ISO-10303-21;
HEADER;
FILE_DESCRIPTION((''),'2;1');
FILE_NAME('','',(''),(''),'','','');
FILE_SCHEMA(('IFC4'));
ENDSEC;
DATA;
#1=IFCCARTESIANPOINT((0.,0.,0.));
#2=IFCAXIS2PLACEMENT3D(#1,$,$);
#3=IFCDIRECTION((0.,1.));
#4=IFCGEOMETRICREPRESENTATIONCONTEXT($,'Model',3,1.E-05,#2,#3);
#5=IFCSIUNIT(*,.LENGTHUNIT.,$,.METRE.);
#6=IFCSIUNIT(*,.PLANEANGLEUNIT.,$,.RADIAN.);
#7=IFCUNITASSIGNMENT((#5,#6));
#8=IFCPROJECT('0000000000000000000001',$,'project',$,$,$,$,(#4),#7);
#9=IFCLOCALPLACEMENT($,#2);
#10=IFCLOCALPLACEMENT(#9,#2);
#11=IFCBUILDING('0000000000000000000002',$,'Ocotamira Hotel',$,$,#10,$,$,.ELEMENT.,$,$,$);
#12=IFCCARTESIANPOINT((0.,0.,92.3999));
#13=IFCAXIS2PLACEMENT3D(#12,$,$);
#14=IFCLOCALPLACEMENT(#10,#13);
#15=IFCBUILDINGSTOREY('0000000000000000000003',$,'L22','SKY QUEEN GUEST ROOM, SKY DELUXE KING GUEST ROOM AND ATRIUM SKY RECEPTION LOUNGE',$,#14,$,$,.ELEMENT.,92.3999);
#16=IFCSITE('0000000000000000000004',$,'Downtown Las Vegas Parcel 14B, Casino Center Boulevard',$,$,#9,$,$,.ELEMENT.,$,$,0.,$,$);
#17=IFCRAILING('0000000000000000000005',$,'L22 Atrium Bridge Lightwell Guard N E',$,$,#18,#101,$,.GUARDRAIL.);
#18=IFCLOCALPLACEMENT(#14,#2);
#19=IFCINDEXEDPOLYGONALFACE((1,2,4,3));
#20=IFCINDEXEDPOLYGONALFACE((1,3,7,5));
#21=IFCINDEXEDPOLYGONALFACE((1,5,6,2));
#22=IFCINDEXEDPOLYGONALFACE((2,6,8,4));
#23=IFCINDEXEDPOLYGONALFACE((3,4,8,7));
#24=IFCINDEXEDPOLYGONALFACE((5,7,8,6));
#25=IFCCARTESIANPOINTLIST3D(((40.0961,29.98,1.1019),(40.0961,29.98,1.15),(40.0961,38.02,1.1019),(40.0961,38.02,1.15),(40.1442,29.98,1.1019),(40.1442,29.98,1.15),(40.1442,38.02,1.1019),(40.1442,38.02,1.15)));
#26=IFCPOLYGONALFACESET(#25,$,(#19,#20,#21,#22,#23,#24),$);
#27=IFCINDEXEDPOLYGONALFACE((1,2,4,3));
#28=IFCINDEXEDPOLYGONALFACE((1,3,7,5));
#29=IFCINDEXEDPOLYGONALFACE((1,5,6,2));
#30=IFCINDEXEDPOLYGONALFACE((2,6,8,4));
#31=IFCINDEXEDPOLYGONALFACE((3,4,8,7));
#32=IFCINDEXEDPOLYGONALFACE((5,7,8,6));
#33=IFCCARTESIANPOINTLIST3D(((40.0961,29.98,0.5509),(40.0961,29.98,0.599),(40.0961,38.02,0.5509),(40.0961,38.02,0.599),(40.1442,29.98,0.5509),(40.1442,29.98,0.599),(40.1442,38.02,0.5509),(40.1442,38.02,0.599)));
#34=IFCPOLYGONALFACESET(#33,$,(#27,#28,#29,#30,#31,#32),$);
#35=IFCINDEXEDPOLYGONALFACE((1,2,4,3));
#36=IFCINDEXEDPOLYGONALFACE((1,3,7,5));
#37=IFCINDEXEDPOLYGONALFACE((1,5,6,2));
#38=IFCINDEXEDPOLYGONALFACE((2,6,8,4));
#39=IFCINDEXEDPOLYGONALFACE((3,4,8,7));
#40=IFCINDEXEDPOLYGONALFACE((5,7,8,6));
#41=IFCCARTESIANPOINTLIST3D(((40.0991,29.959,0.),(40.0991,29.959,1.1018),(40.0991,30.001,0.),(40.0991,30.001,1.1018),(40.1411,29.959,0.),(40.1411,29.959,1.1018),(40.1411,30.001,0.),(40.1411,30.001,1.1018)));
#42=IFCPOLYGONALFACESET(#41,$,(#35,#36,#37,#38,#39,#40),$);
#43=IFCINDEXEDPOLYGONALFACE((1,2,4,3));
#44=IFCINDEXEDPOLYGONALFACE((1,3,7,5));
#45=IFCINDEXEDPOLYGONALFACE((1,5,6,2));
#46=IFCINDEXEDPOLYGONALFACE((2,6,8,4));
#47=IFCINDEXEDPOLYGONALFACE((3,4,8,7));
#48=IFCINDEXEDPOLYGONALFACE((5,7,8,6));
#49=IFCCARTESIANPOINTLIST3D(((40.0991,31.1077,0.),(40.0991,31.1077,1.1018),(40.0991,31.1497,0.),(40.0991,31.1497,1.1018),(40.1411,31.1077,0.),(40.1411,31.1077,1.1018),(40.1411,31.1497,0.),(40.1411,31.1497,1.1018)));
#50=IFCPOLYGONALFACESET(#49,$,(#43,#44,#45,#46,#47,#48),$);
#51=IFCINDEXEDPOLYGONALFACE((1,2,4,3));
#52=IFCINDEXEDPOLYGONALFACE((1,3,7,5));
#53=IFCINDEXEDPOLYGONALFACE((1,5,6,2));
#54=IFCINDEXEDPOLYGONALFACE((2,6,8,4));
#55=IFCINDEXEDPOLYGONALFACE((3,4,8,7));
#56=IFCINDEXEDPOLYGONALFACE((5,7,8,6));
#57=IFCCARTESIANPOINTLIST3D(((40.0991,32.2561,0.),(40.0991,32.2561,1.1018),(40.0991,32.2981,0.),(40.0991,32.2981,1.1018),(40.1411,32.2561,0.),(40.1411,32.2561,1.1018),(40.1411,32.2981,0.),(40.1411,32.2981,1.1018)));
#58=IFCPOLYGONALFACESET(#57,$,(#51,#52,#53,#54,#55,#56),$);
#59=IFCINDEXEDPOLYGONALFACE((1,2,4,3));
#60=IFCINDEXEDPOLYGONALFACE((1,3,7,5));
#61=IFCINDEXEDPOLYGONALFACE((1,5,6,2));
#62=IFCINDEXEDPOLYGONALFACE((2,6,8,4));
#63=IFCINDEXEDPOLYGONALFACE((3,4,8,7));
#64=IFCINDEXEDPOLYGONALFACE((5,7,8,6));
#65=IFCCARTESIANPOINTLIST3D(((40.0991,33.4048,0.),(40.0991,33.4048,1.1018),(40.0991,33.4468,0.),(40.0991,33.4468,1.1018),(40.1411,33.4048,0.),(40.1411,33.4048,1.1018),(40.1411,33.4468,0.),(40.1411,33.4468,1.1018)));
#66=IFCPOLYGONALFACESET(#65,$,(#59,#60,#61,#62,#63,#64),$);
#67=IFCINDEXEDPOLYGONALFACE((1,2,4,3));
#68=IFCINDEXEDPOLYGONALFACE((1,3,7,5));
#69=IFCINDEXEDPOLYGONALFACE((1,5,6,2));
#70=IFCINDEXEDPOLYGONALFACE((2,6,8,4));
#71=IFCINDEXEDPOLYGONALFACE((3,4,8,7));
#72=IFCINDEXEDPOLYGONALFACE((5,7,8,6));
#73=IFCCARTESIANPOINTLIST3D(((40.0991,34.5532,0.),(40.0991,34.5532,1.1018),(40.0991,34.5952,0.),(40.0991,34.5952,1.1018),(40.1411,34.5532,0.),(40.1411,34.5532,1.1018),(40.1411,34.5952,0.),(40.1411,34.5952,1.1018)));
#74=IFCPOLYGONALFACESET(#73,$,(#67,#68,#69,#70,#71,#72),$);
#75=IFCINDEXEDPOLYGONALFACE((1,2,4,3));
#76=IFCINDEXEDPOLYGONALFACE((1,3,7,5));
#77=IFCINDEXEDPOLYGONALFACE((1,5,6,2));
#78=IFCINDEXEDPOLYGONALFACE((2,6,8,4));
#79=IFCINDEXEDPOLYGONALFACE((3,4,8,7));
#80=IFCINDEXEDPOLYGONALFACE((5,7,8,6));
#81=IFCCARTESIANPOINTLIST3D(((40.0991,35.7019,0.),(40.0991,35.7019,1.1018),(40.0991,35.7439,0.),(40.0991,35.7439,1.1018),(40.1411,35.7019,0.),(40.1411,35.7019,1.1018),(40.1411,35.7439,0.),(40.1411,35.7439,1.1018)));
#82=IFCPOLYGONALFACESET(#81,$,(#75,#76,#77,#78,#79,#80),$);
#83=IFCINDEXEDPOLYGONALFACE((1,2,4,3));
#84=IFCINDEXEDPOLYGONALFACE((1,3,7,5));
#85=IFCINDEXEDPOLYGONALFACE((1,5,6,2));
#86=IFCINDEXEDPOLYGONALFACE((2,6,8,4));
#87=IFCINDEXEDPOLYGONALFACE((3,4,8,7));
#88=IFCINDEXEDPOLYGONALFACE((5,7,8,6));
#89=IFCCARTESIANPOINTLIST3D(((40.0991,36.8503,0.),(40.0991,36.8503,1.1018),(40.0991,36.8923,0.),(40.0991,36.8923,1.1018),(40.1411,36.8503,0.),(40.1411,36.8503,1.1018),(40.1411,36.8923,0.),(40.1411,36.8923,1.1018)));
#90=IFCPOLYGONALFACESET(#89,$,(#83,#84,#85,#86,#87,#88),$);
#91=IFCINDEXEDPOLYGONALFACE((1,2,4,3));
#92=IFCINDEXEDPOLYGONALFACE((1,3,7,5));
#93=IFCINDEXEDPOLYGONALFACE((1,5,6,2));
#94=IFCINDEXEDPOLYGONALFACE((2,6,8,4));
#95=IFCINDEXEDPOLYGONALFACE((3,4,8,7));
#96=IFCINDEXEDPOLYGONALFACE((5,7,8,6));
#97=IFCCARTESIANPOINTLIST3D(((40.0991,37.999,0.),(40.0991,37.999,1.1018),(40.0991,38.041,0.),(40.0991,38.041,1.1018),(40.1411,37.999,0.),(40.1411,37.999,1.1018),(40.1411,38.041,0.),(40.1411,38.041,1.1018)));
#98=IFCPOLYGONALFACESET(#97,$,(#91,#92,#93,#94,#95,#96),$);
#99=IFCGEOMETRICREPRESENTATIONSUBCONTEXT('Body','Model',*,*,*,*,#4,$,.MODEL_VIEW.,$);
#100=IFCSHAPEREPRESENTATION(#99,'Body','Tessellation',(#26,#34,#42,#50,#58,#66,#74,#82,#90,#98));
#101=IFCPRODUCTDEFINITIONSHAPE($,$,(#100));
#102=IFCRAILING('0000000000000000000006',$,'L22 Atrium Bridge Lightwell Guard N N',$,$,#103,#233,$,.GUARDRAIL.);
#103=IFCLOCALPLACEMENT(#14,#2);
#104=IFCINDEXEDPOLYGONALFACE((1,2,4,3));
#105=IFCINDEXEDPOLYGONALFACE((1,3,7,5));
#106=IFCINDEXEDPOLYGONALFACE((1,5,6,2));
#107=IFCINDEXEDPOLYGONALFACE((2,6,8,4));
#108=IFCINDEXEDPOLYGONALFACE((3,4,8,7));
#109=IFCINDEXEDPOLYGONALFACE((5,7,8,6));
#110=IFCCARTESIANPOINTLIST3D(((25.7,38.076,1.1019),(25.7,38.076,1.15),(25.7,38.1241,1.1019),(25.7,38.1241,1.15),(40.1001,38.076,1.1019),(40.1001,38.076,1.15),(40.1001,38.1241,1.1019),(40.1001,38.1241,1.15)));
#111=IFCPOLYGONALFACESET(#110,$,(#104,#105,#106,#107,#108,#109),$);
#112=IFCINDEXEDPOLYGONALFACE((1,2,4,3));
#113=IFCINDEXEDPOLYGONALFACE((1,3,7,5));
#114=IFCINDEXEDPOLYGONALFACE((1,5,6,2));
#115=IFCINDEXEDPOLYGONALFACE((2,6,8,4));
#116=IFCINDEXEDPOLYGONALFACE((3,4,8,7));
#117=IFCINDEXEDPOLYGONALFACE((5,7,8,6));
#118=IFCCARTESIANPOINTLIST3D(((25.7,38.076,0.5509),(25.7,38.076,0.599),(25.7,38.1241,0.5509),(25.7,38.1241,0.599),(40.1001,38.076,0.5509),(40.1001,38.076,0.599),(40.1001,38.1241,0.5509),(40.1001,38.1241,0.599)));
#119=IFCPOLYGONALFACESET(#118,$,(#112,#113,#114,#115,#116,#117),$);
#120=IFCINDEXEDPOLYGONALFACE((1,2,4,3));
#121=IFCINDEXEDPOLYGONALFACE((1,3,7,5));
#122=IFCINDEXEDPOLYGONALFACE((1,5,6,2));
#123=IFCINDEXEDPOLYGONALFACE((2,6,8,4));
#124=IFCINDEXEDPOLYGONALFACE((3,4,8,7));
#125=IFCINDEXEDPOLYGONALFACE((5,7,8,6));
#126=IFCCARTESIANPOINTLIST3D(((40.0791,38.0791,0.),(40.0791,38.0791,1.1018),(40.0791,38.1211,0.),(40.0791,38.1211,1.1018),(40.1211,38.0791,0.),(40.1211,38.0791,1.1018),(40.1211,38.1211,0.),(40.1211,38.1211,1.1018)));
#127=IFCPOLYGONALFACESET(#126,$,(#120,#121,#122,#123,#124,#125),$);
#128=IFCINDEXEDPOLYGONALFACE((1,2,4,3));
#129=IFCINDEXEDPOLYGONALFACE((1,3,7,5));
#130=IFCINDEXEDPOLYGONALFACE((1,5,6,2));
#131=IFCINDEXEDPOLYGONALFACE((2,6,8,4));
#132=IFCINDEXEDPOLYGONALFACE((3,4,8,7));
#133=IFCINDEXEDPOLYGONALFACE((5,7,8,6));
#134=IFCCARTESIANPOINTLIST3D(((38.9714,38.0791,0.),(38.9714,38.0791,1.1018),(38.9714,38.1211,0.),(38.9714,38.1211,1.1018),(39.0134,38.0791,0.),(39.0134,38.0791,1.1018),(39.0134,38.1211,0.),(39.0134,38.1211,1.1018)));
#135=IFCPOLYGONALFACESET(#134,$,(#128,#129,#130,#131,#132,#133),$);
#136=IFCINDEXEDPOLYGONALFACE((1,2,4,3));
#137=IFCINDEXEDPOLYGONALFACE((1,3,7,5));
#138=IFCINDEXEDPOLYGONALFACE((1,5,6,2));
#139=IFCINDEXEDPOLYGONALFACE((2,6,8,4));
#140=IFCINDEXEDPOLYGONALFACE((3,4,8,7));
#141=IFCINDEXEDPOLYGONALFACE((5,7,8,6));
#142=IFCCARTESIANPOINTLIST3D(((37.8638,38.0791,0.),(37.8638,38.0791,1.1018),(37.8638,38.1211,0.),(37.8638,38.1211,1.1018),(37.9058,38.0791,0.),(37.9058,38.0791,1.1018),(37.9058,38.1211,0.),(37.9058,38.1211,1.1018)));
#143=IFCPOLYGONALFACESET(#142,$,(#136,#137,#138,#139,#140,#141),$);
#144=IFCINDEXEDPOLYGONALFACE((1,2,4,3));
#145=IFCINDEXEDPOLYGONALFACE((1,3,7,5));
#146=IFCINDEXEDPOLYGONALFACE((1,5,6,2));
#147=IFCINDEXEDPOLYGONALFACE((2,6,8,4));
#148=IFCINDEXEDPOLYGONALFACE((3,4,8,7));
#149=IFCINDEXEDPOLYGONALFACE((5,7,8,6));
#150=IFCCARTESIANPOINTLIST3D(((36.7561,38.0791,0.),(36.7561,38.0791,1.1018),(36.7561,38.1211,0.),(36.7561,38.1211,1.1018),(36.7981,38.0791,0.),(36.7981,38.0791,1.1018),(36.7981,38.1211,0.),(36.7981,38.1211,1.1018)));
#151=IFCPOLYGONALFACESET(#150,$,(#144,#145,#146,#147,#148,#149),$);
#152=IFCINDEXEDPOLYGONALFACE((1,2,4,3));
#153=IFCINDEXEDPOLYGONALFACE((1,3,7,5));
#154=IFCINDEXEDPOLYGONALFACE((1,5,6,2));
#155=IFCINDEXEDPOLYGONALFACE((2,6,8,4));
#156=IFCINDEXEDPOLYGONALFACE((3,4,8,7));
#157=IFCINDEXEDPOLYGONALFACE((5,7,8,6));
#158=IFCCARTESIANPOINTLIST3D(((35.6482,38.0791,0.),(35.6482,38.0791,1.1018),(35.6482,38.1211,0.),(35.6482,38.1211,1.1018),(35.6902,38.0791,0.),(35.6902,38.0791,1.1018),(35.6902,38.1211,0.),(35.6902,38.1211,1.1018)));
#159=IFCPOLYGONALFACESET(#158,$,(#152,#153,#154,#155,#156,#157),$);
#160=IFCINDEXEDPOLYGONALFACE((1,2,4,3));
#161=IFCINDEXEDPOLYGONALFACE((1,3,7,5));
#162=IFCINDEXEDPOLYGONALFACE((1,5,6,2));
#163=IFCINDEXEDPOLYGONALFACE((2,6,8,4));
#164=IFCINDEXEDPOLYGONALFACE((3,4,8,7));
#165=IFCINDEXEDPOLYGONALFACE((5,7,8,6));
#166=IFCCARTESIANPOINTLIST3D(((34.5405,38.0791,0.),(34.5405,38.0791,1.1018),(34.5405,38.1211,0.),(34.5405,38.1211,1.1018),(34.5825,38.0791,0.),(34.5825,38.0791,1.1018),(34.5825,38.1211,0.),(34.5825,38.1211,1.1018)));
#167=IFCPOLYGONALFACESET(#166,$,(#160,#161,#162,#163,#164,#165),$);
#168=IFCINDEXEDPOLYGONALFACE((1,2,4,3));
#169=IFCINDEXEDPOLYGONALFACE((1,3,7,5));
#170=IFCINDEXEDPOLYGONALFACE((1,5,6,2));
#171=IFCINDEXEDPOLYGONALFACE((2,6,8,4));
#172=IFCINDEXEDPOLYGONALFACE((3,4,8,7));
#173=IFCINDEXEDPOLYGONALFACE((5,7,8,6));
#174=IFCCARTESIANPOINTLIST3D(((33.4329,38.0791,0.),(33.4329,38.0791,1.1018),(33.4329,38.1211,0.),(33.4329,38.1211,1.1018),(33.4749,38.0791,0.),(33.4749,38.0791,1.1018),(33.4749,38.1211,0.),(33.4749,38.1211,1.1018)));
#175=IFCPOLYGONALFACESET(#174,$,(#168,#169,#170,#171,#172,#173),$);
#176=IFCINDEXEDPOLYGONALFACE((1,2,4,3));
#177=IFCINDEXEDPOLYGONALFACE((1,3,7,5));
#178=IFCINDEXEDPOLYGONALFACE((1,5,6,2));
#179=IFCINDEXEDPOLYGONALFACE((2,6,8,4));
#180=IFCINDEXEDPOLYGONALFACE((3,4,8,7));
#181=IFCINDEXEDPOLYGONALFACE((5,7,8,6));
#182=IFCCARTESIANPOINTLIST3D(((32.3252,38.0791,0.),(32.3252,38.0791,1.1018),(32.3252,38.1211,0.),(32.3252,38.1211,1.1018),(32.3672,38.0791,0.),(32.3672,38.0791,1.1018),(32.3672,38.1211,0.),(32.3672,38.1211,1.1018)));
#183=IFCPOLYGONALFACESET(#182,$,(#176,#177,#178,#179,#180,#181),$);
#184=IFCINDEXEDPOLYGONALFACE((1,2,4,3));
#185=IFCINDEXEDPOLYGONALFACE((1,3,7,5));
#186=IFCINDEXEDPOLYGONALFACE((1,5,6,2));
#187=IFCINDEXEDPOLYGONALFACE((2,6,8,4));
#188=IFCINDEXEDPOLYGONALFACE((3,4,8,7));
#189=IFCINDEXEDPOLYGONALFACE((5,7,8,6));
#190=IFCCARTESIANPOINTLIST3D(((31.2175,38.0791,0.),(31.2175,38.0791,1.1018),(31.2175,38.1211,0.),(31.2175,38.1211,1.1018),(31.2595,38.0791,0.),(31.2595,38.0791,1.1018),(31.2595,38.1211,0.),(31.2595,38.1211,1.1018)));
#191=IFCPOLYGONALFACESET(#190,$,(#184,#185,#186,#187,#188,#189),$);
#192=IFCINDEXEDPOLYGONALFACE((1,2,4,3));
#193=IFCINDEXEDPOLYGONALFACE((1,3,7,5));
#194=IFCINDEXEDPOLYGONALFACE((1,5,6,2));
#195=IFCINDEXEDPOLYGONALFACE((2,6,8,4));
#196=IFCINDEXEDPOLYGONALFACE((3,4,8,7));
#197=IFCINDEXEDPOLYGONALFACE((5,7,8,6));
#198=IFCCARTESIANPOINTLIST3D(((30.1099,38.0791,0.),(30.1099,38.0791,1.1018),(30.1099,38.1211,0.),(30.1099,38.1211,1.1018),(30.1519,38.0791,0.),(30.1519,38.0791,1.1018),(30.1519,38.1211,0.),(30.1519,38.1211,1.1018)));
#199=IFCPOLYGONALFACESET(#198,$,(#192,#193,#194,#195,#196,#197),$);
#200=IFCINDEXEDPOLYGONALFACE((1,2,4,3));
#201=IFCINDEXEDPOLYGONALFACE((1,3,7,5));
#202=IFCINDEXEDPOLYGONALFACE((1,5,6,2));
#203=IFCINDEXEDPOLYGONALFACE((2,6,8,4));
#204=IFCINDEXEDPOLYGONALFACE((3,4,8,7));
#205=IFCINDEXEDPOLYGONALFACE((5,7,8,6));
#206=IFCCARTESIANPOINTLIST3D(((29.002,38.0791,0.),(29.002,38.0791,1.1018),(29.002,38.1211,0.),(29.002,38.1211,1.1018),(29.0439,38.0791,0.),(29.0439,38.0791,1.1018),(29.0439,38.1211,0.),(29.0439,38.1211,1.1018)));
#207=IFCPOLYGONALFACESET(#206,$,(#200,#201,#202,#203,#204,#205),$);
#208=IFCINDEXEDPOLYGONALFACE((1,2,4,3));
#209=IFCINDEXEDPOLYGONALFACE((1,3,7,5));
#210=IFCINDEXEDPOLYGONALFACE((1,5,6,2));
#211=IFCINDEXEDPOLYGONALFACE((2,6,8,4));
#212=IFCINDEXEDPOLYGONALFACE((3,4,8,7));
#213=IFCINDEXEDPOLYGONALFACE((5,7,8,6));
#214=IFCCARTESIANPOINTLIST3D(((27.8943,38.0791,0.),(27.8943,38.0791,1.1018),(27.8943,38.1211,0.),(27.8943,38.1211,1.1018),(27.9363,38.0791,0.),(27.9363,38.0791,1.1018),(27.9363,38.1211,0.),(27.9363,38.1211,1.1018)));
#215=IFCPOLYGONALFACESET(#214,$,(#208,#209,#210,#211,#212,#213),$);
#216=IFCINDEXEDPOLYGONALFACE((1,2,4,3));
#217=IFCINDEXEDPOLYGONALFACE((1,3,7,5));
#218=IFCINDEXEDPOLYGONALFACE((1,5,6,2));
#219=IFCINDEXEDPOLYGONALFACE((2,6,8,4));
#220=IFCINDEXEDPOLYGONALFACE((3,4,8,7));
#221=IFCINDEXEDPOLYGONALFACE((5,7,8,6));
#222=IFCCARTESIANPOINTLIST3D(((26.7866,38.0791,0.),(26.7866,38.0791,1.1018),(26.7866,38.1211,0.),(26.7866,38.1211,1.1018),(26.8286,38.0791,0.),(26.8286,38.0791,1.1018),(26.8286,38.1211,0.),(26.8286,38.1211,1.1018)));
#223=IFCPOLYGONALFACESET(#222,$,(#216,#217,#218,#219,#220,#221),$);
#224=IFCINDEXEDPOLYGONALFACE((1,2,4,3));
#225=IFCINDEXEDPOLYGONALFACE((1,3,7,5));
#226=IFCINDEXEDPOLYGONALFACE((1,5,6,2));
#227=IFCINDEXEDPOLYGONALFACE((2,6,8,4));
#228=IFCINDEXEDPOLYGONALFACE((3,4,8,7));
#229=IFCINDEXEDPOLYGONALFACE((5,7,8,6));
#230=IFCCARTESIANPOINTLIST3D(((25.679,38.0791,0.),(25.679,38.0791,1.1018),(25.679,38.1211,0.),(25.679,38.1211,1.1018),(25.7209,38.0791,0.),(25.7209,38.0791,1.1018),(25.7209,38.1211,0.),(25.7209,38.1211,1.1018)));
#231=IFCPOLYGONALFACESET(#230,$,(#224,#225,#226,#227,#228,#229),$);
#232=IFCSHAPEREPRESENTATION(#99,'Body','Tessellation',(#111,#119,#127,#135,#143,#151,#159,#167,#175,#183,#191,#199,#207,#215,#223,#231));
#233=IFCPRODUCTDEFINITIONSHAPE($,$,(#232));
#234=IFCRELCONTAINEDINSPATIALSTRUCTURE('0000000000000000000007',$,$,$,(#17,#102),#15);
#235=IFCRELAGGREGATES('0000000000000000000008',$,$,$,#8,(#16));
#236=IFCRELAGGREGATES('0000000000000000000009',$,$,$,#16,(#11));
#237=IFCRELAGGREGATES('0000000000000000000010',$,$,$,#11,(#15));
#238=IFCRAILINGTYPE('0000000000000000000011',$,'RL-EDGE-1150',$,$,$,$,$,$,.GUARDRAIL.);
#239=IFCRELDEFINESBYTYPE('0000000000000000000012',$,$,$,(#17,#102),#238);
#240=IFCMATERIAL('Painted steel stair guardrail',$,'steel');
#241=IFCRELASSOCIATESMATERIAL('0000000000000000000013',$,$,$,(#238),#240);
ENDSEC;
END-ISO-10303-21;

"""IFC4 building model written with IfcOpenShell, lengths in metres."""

from ifc_helpers import new_model, si_unit, direction, frame, origin, origin_2d, place, context, subcontext, project, spatial, rectangle, extrude, material, type_object, element, save


model = new_model("IFC4")

# Units and contexts
model_context = context("Model", 3, precision=1e-05, world=origin(), true_north=direction((0.0, 1.0)))
body_context = subcontext(model_context, "Body", "Model", "MODEL_VIEW")
ifc_project = project(units=[si_unit("LENGTHUNIT", "METRE"), si_unit("PLANEANGLEUNIT", "RADIAN")], contexts=[model_context])

# Site, building, storey
site_placement = place(None, origin())
site = spatial("IfcSite", under=ifc_project, at=site_placement, Name="Downtown Las Vegas Parcel 14B, Casino Center Boulevard", CompositionType="ELEMENT", RefElevation=0.0)
building_placement = place(site_placement, origin())
building = spatial("IfcBuilding", under=site, at=building_placement, Name="Ocotamira Hotel", CompositionType="ELEMENT")
storey_placement = place(building_placement, frame((0.0, 0.0, 92.3999)))
storey = spatial("IfcBuildingStorey", under=building, at=storey_placement, Name="L22", Description="SKY QUEEN GUEST ROOM, SKY DELUXE KING GUEST ROOM AND ATRIUM SKY RECEPTION LOUNGE", CompositionType="ELEMENT", Elevation=92.3999)

# Railings
ifc_material_1 = material(Name="Painted steel stair guardrail", Category="steel")
railing_type_1 = type_object("IfcRailingType", Name="RL-EDGE-1150", PredefinedType="GUARDRAIL", material=ifc_material_1)
railing_1_placement = place(storey_placement, frame((40.1201, 29.98, 0.0)))
element("IfcRailing", 1, at=railing_1_placement, inside=storey, type_object=railing_type_1, Name="L22 Atrium Bridge Lightwell Guard N E", PredefinedType="GUARDRAIL", context=body_context, shape_type="SweptSolid", body=[
    extrude(rectangle(XDim=0.0481, YDim=0.0481, at=origin_2d()), frame((0.0, 0.0, 1.126), z_axis=(0.0, 1.0, 0.0), x_axis=(-1.0, 0.0, 0.0)), (0.0, 0.0, 1.0), 8.04),
    extrude(rectangle(XDim=0.0481, YDim=0.0481, at=origin_2d()), frame((0.0, 0.0, 0.575), z_axis=(0.0, 1.0, 0.0), x_axis=(-1.0, 0.0, 0.0)), (0.0, 0.0, 1.0), 8.04),
    extrude(rectangle(XDim=0.042, YDim=0.042, at=origin_2d()), origin(), (0.0, 0.0, 1.0), 1.1018),
    extrude(rectangle(XDim=0.042, YDim=0.042, at=origin_2d()), frame((0.0, 1.1487, 0.0)), (0.0, 0.0, 1.0), 1.1018),
    extrude(rectangle(XDim=0.042, YDim=0.042, at=origin_2d()), frame((0.0, 2.2971, 0.0)), (0.0, 0.0, 1.0), 1.1018),
    extrude(rectangle(XDim=0.042, YDim=0.042, at=origin_2d()), frame((0.0, 3.4458, 0.0)), (0.0, 0.0, 1.0), 1.1018),
    extrude(rectangle(XDim=0.042, YDim=0.042, at=origin_2d()), frame((0.0, 4.5942, 0.0)), (0.0, 0.0, 1.0), 1.1018),
    extrude(rectangle(XDim=0.042, YDim=0.042, at=origin_2d()), frame((0.0, 5.7429, 0.0)), (0.0, 0.0, 1.0), 1.1018),
    extrude(rectangle(XDim=0.042, YDim=0.042, at=origin_2d()), frame((0.0, 6.8914, 0.0)), (0.0, 0.0, 1.0), 1.1018),
    extrude(rectangle(XDim=0.042, YDim=0.042, at=origin_2d()), frame((0.0, 8.04, 0.0)), (0.0, 0.0, 1.0), 1.1018),
])
railing_2_placement = place(storey_placement, frame((40.1001, 38.1001, 0.0)))
element("IfcRailing", 2, at=railing_2_placement, inside=storey, type_object=railing_type_1, Name="L22 Atrium Bridge Lightwell Guard N N", PredefinedType="GUARDRAIL", context=body_context, shape_type="SweptSolid", body=[
    extrude(rectangle(XDim=0.0481, YDim=0.0481, at=origin_2d()), frame((0.0, 0.0, 1.126), z_axis=(-1.0, 0.0, 0.0), x_axis=(0.0, -1.0, 0.0)), (0.0, 0.0, 1.0), 14.4001),
    extrude(rectangle(XDim=0.0481, YDim=0.0481, at=origin_2d()), frame((0.0, 0.0, 0.575), z_axis=(-1.0, 0.0, 0.0), x_axis=(0.0, -1.0, 0.0)), (0.0, 0.0, 1.0), 14.4001),
    extrude(rectangle(XDim=0.042, YDim=0.042, at=origin_2d()), origin(), (0.0, 0.0, 1.0), 1.1018),
    extrude(rectangle(XDim=0.042, YDim=0.042, at=origin_2d()), frame((-1.1077, 0.0, 0.0)), (0.0, 0.0, 1.0), 1.1018),
    extrude(rectangle(XDim=0.042, YDim=0.042, at=origin_2d()), frame((-2.2153, 0.0, 0.0)), (0.0, 0.0, 1.0), 1.1018),
    extrude(rectangle(XDim=0.042, YDim=0.042, at=origin_2d()), frame((-3.323, 0.0, 0.0)), (0.0, 0.0, 1.0), 1.1018),
    extrude(rectangle(XDim=0.042, YDim=0.042, at=origin_2d()), frame((-4.4309, 0.0, 0.0)), (0.0, 0.0, 1.0), 1.1018),
    extrude(rectangle(XDim=0.042, YDim=0.042, at=origin_2d()), frame((-5.5386, 0.0, 0.0)), (0.0, 0.0, 1.0), 1.1018),
    extrude(rectangle(XDim=0.042, YDim=0.042, at=origin_2d()), frame((-6.6462, 0.0, 0.0)), (0.0, 0.0, 1.0), 1.1018),
    extrude(rectangle(XDim=0.042, YDim=0.042, at=origin_2d()), frame((-7.7539, 0.0, 0.0)), (0.0, 0.0, 1.0), 1.1018),
    extrude(rectangle(XDim=0.042, YDim=0.042, at=origin_2d()), frame((-8.8616, 0.0, 0.0)), (0.0, 0.0, 1.0), 1.1018),
    extrude(rectangle(XDim=0.042, YDim=0.042, at=origin_2d()), frame((-9.9692, 0.0, 0.0)), (0.0, 0.0, 1.0), 1.1018),
    extrude(rectangle(XDim=0.042, YDim=0.042, at=origin_2d()), frame((-11.0771, 0.0, 0.0)), (0.0, 0.0, 1.0), 1.1018),
    extrude(rectangle(XDim=0.042, YDim=0.042, at=origin_2d()), frame((-12.1848, 0.0, 0.0)), (0.0, 0.0, 1.0), 1.1018),
    extrude(rectangle(XDim=0.042, YDim=0.042, at=origin_2d()), frame((-13.2925, 0.0, 0.0)), (0.0, 0.0, 1.0), 1.1018),
    extrude(rectangle(XDim=0.042, YDim=0.042, at=origin_2d()), frame((-14.4001, 0.0, 0.0)), (0.0, 0.0, 1.0), 1.1018),
])

save(model, "model.ifc")
